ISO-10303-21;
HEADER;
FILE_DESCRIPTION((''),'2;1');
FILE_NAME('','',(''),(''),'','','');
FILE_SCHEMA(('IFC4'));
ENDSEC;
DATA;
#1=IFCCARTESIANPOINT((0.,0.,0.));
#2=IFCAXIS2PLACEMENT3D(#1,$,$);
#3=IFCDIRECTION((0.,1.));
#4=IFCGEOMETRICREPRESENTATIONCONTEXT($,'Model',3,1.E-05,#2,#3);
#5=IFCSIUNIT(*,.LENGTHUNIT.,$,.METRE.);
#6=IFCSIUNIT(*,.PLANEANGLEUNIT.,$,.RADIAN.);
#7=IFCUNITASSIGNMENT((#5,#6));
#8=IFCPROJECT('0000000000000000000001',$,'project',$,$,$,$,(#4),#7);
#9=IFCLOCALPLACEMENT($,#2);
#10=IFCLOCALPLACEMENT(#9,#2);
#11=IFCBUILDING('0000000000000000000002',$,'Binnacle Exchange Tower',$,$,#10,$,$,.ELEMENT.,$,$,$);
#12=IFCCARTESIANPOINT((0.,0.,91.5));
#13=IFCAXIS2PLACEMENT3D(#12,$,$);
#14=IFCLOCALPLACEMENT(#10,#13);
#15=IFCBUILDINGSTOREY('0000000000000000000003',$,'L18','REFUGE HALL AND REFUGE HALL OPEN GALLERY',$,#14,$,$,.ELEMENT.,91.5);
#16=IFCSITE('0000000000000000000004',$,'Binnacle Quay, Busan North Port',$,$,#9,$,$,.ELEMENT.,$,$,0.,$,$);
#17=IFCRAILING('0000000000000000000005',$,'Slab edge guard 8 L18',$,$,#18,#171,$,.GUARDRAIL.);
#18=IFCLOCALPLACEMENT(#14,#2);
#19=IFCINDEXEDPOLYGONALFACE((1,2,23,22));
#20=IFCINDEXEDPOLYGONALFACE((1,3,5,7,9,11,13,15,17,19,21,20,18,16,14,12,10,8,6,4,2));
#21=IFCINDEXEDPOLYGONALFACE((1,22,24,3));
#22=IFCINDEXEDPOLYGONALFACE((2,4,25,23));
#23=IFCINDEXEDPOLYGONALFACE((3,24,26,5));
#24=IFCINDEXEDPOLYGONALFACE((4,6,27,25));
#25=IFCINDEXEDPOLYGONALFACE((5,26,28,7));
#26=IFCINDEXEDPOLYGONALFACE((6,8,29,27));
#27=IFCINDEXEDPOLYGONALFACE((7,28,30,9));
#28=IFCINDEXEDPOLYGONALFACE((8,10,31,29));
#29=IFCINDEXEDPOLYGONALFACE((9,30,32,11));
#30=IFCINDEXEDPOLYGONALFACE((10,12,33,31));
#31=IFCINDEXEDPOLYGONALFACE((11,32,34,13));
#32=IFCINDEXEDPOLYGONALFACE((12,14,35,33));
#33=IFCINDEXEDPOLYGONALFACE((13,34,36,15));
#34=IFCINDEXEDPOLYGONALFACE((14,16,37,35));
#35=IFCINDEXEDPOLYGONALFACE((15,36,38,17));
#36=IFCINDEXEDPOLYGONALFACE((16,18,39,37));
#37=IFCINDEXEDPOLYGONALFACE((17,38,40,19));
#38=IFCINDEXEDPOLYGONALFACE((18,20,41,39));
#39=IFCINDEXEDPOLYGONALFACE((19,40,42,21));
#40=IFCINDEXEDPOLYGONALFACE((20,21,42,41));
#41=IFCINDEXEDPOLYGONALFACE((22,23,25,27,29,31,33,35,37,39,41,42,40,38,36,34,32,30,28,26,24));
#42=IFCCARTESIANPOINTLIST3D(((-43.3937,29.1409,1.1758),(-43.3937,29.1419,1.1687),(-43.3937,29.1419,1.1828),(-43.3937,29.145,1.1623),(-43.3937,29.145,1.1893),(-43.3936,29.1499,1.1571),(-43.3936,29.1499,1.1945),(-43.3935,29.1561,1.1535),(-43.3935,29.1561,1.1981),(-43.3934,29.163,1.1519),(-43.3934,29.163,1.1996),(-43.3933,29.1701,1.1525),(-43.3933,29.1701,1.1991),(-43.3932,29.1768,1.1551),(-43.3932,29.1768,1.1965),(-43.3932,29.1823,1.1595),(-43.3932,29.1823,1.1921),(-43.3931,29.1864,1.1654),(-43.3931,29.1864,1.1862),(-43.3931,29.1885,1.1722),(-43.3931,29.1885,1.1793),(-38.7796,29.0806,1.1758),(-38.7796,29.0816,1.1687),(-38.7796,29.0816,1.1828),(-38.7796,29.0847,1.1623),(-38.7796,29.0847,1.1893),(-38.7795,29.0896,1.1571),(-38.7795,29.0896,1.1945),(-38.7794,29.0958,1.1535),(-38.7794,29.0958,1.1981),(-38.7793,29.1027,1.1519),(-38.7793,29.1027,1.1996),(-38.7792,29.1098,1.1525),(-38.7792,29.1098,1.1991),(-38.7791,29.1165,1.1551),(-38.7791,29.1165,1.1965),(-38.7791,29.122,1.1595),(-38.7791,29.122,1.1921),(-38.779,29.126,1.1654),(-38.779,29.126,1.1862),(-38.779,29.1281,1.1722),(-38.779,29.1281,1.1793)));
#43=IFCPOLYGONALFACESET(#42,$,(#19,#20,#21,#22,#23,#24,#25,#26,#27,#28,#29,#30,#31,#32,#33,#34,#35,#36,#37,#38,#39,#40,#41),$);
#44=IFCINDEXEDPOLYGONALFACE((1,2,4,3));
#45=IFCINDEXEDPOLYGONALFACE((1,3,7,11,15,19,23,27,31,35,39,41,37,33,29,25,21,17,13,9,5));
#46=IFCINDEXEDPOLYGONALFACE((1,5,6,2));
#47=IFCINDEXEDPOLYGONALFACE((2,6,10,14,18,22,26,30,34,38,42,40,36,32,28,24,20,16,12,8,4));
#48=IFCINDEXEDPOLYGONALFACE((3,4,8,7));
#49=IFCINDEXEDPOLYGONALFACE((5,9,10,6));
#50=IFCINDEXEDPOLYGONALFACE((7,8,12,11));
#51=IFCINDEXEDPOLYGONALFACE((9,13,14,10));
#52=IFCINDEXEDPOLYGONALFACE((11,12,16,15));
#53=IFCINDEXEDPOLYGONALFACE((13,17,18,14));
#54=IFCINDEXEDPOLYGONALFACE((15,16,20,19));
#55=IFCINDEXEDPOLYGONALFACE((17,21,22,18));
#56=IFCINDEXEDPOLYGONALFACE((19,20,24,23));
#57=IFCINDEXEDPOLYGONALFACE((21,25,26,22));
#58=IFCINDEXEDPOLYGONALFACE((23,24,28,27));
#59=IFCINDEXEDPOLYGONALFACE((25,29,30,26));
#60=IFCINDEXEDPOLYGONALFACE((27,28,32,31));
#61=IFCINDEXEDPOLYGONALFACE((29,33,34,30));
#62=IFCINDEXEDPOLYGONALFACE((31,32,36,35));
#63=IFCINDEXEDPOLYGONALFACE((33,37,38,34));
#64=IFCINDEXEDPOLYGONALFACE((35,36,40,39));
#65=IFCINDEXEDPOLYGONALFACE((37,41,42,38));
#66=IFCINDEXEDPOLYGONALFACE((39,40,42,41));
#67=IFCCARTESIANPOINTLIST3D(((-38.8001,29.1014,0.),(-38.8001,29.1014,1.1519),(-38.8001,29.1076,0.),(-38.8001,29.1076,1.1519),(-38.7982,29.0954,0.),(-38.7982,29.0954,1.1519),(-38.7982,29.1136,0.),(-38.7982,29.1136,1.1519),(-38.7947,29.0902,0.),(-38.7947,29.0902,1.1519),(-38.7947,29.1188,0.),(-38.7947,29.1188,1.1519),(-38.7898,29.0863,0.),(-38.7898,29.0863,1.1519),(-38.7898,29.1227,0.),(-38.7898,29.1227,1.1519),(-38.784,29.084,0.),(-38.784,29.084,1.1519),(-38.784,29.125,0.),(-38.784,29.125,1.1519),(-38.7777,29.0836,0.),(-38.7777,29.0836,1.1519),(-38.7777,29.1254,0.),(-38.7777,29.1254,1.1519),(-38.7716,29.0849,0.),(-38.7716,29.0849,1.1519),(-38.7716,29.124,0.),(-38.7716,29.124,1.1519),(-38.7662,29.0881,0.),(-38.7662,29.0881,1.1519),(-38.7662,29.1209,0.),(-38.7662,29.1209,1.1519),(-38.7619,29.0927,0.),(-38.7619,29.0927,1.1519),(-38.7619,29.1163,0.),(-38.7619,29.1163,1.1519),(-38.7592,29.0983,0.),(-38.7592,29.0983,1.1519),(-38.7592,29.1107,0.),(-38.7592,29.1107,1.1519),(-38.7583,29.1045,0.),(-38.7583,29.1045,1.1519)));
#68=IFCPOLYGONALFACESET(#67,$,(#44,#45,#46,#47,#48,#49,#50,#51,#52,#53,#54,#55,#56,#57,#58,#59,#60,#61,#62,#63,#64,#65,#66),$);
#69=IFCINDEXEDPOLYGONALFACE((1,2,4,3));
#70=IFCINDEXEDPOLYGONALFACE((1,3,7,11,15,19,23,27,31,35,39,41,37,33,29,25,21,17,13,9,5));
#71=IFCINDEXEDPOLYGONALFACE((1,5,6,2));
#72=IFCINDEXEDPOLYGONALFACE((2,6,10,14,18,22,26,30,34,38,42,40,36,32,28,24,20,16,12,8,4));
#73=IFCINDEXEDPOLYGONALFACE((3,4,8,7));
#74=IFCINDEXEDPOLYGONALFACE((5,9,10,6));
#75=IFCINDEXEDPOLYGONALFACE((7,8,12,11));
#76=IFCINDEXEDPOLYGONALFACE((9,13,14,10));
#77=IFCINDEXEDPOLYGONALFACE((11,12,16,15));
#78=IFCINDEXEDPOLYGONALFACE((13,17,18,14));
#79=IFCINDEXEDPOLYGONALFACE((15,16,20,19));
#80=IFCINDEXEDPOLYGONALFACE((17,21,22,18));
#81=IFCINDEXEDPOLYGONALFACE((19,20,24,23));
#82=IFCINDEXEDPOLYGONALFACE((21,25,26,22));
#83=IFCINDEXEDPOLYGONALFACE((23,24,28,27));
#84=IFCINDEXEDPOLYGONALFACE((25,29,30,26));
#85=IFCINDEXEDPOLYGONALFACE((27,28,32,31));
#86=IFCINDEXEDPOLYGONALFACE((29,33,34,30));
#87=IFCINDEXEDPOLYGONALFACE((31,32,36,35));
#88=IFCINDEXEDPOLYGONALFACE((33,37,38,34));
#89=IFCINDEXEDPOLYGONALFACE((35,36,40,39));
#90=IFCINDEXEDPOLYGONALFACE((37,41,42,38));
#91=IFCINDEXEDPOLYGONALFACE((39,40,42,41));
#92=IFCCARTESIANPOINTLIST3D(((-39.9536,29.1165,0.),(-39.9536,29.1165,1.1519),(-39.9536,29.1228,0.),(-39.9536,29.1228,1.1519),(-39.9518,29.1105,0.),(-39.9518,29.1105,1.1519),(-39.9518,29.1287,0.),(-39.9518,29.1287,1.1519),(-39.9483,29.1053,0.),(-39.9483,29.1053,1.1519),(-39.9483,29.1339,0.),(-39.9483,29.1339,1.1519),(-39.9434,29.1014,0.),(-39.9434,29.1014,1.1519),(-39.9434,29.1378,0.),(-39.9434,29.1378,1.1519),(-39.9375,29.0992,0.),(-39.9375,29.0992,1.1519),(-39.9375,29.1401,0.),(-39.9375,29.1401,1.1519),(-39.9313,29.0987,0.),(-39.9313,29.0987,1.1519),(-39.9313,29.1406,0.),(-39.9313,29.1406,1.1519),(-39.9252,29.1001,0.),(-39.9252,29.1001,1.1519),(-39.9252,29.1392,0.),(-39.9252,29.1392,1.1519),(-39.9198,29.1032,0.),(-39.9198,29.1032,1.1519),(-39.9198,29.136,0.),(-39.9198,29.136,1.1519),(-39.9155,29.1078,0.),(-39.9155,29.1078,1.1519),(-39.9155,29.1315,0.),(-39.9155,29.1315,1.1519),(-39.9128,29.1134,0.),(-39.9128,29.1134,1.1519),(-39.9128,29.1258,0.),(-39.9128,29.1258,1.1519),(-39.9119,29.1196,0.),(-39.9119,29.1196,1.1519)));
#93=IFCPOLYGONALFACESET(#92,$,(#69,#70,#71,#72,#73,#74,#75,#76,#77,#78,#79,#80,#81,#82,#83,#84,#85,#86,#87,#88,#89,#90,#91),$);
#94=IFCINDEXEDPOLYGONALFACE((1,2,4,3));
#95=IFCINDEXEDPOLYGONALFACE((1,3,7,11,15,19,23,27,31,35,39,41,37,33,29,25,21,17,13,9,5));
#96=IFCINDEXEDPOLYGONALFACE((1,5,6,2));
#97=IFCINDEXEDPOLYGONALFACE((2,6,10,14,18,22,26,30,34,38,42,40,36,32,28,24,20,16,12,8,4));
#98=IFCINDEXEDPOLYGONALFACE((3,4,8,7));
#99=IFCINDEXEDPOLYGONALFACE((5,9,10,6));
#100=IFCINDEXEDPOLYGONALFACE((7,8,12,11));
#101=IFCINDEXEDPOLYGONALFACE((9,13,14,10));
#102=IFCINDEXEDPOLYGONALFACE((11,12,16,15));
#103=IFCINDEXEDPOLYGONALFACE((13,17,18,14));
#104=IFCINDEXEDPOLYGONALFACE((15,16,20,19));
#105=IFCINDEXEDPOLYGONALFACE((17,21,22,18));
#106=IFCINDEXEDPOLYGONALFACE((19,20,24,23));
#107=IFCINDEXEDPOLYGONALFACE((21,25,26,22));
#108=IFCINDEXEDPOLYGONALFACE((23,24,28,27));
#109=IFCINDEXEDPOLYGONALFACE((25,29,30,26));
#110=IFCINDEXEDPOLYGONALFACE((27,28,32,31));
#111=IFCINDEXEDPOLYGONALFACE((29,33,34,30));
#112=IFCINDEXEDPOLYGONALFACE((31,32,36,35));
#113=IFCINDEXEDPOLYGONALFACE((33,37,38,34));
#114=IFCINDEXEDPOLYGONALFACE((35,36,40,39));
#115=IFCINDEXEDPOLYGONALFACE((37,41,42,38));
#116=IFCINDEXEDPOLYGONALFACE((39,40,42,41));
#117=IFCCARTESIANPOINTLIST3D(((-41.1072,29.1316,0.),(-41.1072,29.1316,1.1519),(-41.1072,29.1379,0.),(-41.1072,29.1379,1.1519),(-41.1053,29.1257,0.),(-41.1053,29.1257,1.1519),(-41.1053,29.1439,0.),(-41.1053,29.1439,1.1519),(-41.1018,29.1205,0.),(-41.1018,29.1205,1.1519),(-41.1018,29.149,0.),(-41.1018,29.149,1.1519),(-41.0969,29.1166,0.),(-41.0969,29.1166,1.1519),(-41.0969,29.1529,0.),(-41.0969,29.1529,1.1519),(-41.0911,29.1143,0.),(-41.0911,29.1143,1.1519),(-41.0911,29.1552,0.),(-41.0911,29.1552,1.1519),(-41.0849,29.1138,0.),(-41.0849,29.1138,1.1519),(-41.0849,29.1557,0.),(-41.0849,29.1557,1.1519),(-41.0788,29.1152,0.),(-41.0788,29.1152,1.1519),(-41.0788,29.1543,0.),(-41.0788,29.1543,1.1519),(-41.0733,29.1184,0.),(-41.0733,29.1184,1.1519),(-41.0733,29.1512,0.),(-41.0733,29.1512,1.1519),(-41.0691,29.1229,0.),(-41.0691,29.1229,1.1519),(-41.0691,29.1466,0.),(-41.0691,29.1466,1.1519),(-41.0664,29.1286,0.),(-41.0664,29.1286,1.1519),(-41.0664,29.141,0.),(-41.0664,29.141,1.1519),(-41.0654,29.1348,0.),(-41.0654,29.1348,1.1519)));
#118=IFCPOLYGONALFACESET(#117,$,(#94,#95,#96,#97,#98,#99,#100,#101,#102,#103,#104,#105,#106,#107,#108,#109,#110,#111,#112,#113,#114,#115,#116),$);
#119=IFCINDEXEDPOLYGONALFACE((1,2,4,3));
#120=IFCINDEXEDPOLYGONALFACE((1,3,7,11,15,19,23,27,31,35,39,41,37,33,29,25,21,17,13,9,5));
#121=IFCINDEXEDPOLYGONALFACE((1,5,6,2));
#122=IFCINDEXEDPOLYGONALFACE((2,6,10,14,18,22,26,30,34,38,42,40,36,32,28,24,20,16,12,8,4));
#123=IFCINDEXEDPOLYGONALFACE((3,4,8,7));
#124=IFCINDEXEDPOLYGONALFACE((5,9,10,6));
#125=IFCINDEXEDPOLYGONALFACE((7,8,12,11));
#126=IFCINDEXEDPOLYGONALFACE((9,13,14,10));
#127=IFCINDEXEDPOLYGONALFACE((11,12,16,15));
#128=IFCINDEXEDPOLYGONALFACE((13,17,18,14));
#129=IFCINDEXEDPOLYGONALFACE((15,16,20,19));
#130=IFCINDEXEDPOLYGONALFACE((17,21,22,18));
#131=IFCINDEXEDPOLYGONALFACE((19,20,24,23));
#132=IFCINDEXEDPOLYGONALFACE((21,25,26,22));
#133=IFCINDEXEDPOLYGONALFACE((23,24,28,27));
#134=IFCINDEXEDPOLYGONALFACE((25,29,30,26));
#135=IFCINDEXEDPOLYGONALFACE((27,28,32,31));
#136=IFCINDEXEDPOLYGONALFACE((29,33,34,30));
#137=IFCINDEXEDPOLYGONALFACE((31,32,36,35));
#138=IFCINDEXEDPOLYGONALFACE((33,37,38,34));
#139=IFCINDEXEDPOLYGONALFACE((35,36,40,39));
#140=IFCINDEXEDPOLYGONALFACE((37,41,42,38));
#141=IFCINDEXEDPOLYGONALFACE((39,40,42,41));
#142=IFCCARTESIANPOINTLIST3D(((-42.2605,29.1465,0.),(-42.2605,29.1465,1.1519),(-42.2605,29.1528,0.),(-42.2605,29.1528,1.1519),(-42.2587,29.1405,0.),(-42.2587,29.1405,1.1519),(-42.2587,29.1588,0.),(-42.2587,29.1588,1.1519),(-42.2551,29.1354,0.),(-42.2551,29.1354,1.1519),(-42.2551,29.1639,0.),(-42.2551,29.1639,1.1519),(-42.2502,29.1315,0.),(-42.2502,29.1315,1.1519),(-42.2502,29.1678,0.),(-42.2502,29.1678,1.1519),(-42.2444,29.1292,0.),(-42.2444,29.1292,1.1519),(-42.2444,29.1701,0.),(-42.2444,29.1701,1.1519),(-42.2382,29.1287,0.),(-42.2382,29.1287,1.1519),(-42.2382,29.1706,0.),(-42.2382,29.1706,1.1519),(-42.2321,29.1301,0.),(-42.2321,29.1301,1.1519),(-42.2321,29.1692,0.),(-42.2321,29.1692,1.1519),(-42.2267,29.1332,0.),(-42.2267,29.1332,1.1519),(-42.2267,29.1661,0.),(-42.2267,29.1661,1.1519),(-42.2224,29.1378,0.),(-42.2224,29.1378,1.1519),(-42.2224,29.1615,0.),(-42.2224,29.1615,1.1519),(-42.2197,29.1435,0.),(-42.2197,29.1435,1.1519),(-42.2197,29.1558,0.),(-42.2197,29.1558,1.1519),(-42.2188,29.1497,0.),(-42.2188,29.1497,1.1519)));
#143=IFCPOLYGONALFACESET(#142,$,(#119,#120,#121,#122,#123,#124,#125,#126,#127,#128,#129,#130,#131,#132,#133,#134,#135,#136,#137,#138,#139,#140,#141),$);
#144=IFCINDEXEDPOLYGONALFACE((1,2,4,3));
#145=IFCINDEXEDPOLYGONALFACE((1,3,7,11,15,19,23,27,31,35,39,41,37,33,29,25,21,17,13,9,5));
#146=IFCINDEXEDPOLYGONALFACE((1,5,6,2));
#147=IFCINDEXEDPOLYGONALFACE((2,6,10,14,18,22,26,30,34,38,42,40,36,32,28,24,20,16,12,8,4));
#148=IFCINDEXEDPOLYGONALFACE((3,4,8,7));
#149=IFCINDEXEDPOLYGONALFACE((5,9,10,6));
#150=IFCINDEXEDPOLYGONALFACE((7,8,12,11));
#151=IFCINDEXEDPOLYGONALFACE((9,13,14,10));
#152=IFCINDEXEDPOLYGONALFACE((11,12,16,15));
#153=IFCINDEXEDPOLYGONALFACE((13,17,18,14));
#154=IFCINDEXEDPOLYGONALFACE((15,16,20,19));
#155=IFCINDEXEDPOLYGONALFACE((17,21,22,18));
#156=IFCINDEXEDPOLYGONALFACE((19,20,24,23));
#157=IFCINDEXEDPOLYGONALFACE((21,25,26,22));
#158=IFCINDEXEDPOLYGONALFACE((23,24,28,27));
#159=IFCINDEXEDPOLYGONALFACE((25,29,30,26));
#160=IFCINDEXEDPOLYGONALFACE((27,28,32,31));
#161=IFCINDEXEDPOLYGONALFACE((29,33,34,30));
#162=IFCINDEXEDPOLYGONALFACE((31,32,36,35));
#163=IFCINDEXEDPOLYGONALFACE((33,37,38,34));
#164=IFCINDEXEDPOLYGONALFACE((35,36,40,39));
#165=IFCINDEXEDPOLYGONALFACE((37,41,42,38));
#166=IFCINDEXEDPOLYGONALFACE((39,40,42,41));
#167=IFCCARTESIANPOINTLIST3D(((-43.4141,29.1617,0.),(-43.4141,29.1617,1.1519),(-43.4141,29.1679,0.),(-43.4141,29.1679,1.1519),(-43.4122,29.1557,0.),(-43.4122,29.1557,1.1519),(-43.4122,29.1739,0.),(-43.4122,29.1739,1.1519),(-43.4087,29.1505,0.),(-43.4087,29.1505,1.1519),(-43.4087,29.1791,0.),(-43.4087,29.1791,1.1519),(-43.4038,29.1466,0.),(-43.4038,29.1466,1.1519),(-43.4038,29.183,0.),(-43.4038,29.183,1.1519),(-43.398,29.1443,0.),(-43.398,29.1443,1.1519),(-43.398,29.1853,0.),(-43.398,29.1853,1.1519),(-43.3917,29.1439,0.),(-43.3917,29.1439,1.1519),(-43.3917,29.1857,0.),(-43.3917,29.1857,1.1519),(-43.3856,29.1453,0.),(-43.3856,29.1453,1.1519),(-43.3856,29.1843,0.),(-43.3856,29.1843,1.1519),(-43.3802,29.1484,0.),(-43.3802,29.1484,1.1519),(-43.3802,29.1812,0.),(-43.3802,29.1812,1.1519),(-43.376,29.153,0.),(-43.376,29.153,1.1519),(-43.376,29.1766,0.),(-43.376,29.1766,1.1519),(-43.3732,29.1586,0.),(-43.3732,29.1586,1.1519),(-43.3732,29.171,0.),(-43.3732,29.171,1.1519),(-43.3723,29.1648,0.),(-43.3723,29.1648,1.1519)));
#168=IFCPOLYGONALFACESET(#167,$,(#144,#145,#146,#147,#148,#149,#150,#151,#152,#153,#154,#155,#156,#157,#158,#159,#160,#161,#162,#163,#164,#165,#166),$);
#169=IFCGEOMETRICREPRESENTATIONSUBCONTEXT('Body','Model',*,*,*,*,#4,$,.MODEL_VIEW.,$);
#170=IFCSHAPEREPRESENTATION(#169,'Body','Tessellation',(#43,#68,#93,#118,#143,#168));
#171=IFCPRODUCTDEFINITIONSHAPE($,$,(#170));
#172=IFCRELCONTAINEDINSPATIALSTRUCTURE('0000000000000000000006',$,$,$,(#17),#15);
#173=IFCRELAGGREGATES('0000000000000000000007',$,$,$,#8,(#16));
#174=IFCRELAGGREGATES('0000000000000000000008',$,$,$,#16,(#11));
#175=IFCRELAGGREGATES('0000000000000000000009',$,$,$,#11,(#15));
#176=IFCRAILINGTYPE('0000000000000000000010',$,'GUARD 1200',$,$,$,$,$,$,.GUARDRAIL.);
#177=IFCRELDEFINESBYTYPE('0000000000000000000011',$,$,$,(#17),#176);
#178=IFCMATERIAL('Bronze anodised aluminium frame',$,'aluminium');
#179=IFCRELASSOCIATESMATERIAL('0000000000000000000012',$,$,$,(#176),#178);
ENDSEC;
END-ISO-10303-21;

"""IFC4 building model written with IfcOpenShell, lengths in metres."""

from ifc_helpers import new_model, si_unit, direction, frame, origin, origin_2d, place, context, subcontext, project, spatial, circle, extrude, material, type_object, element, save


model = new_model("IFC4")

# Units and contexts
model_context = context("Model", 3, precision=1e-05, world=origin(), true_north=direction((0.0, 1.0)))
body_context = subcontext(model_context, "Body", "Model", "MODEL_VIEW")
ifc_project = project(units=[si_unit("LENGTHUNIT", "METRE"), si_unit("PLANEANGLEUNIT", "RADIAN")], contexts=[model_context])

# Site, building, storey
site_placement = place(None, origin())
site = spatial("IfcSite", under=ifc_project, at=site_placement, Name="Binnacle Quay, Busan North Port", CompositionType="ELEMENT", RefElevation=0.0)
building_placement = place(site_placement, origin())
building = spatial("IfcBuilding", under=site, at=building_placement, Name="Binnacle Exchange Tower", CompositionType="ELEMENT")
storey_placement = place(building_placement, frame((0.0, 0.0, 91.5)))
storey = spatial("IfcBuildingStorey", under=building, at=storey_placement, Name="L18", Description="REFUGE HALL AND REFUGE HALL OPEN GALLERY", CompositionType="ELEMENT", Elevation=91.5)

# Railing
ifc_material_1 = material(Name="Bronze anodised aluminium frame", Category="aluminium")
railing_type_1 = type_object("IfcRailingType", Name="GUARD 1200", PredefinedType="GUARDRAIL", material=ifc_material_1)
railing_1_placement = place(storey_placement, frame((-38.7793, 29.1045, 0.0)))
element("IfcRailing", 1, at=railing_1_placement, inside=storey, type_object=railing_type_1, Name="Slab edge guard 8 L18", PredefinedType="GUARDRAIL", context=body_context, shape_type="SweptSolid", body=[
    extrude(circle(Radius=0.0239, at=origin_2d()), frame((0.0, 0.0, 1.1758), z_axis=(-0.999915, 0.013068, 0.0), x_axis=(-0.013068, -0.999915, 0.0)), (0.0, 0.0, 1.0), 4.6145),
    extrude(circle(Radius=0.021, at=origin_2d()), origin(), (0.0, 0.0, 1.0), 1.1519),
    extrude(circle(Radius=0.021, at=origin_2d()), frame((-1.1536, 0.0151, 0.0)), (0.0, 0.0, 1.0), 1.1519),
    extrude(circle(Radius=0.021, at=origin_2d()), frame((-2.3071, 0.0303, 0.0)), (0.0, 0.0, 1.0), 1.1519),
    extrude(circle(Radius=0.021, at=origin_2d()), frame((-3.4604, 0.0452, 0.0)), (0.0, 0.0, 1.0), 1.1519),
    extrude(circle(Radius=0.021, at=origin_2d()), frame((-4.614, 0.0603, 0.0)), (0.0, 0.0, 1.0), 1.1519),
])

save(model, "model.ifc")
